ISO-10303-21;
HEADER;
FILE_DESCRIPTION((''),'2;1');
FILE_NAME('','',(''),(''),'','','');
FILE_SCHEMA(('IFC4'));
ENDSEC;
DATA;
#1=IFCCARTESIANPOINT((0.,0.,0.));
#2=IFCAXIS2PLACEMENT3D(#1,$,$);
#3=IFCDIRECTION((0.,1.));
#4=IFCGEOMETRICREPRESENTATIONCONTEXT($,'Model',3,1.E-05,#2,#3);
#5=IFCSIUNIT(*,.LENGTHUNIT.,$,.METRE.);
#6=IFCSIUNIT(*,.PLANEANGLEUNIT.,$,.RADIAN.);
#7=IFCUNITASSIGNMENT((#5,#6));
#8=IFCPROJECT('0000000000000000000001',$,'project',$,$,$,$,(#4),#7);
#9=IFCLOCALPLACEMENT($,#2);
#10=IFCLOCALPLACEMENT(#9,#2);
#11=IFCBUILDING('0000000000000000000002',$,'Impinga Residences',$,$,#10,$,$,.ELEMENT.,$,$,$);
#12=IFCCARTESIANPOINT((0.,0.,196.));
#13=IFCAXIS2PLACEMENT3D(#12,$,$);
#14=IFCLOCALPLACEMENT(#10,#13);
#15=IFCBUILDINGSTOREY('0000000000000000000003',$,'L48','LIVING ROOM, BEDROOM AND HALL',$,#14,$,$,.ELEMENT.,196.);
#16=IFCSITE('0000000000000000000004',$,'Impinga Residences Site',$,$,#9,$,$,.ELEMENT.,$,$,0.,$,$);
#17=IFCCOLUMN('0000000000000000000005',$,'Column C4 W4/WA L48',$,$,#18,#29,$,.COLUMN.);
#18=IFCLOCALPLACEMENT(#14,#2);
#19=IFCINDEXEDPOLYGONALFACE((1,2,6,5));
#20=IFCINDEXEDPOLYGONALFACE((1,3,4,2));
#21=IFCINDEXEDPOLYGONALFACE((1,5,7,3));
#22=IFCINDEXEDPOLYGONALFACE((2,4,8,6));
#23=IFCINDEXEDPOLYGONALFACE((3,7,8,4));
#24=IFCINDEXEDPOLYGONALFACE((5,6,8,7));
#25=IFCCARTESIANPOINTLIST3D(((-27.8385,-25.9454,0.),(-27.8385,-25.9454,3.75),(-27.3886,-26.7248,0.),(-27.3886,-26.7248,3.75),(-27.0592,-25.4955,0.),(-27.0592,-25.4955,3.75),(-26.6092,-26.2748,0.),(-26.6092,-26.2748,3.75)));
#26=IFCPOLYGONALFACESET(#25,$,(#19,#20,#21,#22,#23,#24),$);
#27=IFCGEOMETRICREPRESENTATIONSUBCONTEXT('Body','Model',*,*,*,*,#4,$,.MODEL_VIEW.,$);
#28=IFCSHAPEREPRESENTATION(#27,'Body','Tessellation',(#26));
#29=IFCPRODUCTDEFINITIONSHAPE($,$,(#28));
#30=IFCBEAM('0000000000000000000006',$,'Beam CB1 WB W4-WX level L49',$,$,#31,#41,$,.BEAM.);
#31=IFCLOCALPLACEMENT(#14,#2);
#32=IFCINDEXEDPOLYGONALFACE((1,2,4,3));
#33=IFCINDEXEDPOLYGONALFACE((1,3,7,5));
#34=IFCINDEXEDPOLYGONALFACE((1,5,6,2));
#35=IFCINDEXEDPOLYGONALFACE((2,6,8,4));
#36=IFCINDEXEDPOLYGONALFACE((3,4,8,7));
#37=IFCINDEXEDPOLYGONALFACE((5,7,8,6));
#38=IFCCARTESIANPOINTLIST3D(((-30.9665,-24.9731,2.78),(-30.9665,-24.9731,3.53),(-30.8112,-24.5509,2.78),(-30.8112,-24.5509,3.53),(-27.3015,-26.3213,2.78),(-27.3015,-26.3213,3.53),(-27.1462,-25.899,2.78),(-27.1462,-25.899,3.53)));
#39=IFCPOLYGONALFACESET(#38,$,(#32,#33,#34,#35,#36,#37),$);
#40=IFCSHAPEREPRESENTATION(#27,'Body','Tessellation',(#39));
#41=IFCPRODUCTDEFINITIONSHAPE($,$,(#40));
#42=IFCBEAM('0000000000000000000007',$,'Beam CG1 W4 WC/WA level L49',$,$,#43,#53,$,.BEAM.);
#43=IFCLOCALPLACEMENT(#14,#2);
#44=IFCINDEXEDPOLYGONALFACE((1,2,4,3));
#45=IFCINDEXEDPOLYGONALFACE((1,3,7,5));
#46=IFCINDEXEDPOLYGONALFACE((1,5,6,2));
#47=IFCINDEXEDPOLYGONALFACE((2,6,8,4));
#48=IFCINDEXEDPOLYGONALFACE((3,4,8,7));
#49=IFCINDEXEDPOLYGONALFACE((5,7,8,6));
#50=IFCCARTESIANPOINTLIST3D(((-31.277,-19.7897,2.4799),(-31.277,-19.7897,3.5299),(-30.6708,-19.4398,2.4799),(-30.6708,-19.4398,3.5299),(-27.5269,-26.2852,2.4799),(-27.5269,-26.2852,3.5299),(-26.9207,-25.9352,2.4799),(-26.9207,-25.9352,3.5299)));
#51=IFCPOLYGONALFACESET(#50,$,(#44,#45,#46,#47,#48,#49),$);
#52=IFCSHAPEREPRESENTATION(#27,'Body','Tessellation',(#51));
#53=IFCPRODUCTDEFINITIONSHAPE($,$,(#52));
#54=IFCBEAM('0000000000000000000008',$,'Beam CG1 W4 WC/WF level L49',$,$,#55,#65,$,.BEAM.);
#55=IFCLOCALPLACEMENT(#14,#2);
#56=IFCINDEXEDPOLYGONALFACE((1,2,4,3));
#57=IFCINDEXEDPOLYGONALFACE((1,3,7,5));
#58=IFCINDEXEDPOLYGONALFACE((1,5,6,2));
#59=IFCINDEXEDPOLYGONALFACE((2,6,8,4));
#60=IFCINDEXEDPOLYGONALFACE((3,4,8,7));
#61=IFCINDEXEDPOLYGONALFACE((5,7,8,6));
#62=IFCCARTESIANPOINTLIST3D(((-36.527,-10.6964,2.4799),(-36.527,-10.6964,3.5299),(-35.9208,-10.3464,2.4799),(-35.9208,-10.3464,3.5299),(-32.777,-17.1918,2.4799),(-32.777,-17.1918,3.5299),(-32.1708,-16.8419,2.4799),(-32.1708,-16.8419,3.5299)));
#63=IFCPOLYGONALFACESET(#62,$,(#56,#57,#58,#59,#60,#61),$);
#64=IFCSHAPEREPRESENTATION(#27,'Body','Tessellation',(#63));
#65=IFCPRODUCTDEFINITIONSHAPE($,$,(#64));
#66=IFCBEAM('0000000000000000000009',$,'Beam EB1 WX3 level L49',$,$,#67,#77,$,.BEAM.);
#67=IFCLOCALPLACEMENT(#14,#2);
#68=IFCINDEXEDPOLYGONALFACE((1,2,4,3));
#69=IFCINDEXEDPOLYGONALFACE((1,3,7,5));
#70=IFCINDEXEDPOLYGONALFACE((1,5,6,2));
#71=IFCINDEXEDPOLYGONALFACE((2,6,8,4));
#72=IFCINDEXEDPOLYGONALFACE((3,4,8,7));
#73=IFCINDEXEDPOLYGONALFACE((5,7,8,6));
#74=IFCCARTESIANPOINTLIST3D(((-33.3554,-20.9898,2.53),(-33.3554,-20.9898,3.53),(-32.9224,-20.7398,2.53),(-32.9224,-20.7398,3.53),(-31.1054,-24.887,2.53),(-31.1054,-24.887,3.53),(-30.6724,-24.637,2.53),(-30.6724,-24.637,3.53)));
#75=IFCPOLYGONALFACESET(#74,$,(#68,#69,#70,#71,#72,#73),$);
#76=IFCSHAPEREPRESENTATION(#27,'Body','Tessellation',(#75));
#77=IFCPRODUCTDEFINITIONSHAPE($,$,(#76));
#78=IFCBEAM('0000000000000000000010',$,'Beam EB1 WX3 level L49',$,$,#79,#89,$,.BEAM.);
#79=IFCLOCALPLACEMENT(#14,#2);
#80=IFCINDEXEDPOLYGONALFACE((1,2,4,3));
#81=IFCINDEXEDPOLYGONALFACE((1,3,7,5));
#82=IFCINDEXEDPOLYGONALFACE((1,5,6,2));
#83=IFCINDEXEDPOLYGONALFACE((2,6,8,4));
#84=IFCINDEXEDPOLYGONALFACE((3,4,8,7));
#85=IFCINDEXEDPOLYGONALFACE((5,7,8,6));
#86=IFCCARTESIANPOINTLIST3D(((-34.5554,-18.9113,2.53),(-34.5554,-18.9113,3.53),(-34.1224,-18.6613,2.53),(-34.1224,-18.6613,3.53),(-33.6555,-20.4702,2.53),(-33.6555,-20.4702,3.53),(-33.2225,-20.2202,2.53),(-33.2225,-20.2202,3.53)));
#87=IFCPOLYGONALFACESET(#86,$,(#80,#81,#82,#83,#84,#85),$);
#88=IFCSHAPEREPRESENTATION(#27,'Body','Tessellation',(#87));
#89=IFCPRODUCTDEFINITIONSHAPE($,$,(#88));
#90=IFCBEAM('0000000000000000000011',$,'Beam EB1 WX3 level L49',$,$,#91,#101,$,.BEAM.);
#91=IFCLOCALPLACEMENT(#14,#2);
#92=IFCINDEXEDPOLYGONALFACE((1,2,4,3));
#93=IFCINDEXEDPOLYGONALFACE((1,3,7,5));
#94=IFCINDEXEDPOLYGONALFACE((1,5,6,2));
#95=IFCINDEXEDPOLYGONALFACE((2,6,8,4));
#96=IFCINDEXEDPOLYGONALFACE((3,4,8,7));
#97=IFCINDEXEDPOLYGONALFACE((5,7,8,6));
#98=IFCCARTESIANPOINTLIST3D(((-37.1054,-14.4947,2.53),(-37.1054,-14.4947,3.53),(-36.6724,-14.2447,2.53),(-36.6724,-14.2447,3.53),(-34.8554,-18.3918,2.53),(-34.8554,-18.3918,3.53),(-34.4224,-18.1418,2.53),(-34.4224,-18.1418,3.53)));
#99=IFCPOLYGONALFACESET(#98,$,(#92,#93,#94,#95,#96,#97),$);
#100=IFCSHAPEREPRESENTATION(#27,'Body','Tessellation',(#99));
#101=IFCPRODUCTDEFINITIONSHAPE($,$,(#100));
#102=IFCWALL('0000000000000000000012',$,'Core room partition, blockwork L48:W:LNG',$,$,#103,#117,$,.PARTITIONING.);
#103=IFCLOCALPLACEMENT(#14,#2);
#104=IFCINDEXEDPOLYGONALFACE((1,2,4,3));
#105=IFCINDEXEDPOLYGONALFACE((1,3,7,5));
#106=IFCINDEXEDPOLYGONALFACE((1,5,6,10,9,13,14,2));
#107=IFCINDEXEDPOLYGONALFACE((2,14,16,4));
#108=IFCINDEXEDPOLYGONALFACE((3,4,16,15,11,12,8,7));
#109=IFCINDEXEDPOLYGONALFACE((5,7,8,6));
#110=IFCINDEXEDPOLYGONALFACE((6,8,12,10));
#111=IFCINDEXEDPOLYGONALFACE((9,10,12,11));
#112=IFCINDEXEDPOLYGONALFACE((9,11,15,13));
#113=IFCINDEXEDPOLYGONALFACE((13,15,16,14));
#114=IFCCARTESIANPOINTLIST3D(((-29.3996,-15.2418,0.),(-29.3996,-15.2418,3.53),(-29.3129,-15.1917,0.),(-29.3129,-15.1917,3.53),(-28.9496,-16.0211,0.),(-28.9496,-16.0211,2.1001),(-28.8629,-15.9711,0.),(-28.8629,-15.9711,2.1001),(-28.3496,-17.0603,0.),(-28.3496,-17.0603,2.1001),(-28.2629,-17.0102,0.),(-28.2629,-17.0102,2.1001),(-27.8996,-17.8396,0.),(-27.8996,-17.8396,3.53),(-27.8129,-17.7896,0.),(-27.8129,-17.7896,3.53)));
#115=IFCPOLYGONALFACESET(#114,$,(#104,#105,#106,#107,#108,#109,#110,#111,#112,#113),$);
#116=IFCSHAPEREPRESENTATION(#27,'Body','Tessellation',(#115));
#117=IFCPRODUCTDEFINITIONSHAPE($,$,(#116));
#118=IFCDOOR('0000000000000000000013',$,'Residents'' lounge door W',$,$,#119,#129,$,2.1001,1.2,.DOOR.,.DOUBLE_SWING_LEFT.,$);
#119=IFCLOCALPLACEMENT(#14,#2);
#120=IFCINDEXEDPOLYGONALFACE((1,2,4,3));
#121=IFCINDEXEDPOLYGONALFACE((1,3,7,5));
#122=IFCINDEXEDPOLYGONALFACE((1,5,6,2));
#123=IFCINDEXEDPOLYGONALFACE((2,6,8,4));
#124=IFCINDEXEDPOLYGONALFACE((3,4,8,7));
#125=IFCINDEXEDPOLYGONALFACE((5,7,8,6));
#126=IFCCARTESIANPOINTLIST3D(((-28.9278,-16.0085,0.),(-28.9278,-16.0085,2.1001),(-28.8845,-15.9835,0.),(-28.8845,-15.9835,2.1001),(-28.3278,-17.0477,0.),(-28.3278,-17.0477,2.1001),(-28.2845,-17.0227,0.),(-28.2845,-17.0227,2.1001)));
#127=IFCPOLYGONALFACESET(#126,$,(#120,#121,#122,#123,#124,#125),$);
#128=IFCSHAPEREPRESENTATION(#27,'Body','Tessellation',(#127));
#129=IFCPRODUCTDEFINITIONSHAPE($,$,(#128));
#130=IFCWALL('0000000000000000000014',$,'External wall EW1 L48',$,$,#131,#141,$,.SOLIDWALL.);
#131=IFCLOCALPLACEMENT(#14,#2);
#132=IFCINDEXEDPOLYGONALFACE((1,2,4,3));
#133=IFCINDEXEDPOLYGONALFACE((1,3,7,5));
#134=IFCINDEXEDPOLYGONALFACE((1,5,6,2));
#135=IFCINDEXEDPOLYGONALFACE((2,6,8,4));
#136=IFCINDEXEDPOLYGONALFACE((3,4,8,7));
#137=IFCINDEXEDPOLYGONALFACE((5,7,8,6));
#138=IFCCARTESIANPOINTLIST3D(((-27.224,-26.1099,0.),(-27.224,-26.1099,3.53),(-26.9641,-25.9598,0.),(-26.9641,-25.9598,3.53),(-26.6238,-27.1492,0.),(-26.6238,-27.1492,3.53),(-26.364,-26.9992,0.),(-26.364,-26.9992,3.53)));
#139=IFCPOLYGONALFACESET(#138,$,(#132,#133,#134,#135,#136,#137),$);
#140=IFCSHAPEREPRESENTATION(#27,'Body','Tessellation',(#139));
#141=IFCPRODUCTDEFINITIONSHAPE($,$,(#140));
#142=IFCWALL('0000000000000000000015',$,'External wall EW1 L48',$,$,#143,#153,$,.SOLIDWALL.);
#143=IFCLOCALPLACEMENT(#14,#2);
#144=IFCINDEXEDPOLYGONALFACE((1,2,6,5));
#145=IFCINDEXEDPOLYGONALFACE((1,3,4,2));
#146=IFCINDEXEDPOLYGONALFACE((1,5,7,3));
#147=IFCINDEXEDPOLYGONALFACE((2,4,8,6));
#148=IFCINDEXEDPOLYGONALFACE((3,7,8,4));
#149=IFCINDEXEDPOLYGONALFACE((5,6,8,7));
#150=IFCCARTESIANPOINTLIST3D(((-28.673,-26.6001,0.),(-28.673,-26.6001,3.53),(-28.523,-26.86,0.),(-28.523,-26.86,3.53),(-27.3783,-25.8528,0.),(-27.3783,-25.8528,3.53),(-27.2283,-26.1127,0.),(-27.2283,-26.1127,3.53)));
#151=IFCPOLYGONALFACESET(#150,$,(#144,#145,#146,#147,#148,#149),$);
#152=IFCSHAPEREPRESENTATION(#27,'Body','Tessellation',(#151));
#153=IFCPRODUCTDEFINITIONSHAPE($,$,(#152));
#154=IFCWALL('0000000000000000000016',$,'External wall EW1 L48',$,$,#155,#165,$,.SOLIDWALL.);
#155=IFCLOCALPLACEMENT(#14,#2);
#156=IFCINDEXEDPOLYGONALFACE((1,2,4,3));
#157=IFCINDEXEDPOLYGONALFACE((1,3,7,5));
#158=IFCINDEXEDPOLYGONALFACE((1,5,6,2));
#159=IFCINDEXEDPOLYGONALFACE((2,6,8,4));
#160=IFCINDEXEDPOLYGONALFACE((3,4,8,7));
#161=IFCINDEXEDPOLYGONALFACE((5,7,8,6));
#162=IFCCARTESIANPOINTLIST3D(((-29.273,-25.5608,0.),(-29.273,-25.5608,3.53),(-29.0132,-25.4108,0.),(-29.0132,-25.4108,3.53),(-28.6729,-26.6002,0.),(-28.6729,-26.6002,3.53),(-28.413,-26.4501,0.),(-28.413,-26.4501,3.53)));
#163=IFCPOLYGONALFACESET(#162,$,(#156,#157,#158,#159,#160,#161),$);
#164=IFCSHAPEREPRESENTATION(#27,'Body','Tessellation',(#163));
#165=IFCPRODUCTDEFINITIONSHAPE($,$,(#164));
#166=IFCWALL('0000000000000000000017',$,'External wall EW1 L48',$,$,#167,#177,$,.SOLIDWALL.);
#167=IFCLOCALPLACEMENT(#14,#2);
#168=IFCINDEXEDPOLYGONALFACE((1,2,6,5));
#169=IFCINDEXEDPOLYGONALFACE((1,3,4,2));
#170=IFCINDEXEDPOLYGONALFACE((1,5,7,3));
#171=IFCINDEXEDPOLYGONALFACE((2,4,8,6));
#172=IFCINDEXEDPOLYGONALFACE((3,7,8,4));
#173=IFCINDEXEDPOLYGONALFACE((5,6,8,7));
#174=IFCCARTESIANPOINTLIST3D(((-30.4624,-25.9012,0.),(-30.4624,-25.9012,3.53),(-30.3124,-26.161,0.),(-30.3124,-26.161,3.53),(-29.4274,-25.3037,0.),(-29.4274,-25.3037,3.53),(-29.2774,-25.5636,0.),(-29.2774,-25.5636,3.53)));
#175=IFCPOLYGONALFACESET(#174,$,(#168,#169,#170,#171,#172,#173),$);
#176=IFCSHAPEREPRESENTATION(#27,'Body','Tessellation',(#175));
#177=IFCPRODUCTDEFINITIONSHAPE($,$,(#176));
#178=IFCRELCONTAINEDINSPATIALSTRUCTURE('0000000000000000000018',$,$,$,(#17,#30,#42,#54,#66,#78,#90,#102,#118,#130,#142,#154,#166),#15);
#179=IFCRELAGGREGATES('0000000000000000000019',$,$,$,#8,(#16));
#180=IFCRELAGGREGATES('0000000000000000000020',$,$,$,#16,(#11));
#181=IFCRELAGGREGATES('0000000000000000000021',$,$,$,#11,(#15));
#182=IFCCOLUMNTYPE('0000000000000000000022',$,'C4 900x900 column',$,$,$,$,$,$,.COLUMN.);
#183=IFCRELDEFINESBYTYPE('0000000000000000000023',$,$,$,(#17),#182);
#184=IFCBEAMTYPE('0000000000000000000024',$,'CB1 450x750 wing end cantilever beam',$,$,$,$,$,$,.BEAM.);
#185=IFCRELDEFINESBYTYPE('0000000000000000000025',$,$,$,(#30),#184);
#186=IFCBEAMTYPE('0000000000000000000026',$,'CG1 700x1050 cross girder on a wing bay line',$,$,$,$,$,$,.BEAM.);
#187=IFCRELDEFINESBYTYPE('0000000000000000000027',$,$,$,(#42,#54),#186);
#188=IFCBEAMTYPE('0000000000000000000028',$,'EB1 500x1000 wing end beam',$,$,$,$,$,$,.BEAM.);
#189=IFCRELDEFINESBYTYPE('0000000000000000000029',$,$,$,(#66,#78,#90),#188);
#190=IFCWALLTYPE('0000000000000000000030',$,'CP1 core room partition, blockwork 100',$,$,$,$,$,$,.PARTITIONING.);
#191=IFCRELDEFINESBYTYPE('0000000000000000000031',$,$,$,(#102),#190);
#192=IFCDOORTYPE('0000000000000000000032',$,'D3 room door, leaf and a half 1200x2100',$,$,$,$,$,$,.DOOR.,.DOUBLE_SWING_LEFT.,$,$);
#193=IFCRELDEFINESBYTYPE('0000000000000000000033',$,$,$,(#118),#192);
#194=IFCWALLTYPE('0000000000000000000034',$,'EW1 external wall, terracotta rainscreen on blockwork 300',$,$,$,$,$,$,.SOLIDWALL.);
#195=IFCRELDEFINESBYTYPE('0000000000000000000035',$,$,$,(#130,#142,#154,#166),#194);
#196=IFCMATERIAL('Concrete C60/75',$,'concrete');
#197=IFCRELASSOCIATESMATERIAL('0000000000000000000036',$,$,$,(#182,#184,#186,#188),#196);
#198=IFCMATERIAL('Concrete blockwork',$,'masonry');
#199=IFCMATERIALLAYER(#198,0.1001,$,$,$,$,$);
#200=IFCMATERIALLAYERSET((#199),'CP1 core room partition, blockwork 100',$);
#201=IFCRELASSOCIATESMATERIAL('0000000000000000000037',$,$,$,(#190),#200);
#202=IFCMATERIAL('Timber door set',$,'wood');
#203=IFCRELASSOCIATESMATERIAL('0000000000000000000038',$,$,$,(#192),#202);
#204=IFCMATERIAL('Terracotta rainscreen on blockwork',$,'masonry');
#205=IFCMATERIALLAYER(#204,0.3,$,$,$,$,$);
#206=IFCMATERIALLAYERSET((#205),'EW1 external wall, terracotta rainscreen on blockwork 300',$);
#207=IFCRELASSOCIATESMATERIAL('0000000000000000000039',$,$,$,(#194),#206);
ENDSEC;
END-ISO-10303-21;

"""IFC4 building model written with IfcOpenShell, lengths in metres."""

from ifc_helpers import new_model, si_unit, direction, frame, frame_2d, origin, origin_2d, place, context, subcontext, project, spatial, rectangle, extrude, material, layer, layer_set, material_profile, profile_set, type_object, element, fill, save


model = new_model("IFC4")

# Units and contexts
model_context = context("Model", 3, precision=1e-05, world=origin(), true_north=direction((0.0, 1.0)))
body_context = subcontext(model_context, "Body", "Model", "MODEL_VIEW")
ifc_project = project(units=[si_unit("LENGTHUNIT", "METRE"), si_unit("PLANEANGLEUNIT", "RADIAN")], contexts=[model_context])

# Site, building, storey
site_placement = place(None, origin())
site = spatial("IfcSite", under=ifc_project, at=site_placement, Name="Impinga Residences Site", CompositionType="ELEMENT", RefElevation=0.0)
building_placement = place(site_placement, origin())
building = spatial("IfcBuilding", under=site, at=building_placement, Name="Impinga Residences", CompositionType="ELEMENT")
storey_placement = place(building_placement, frame((0.0, 0.0, 196.0)))
storey = spatial("IfcBuildingStorey", under=building, at=storey_placement, Name="L48", Description="LIVING ROOM, BEDROOM AND HALL", CompositionType="ELEMENT", Elevation=196.0)

# Column
ifc_material_1 = material(Name="Concrete C60/75", Category="concrete")
ifc_material_profile_1 = material_profile(ifc_material_1, rectangle(XDim=0.8999, YDim=0.8999, at=origin_2d()), Name="RC 900x900")
ifc_profile_set_1 = profile_set([ifc_material_profile_1], Name="Concrete C60/75")
column_type = type_object("IfcColumnType", Name="C4 900x900 column", PredefinedType="COLUMN", material=ifc_profile_set_1)
column_placement = place(storey_placement, frame((-27.2239, -26.1101, 0.0), z_axis=(0.0, 0.0, 1.0), x_axis=(-0.5, 0.866025, 0.0)))
element("IfcColumn", 1, at=column_placement, inside=storey, type_object=column_type, Name="Column C4 W4/WA L48", PredefinedType="COLUMN", context=body_context, shape_type="SweptSolid", body=[
    extrude(rectangle(XDim=0.8999, YDim=0.8999, at=origin_2d()), origin(), (0.0, 0.0, 1.0), 3.75),
])

# Beams
ifc_material_profile_2 = material_profile(ifc_material_1, rectangle(XDim=0.45, YDim=0.75, at=origin_2d()), Name="RC 450x750")
ifc_profile_set_2 = profile_set([ifc_material_profile_2], Name="Concrete C60/75")
beam_type_1 = type_object("IfcBeamType", Name="CB1 450x750 wing end cantilever beam", PredefinedType="BEAM", material=ifc_profile_set_2)
beam_1_placement = place(storey_placement, frame((-27.2239, -26.1101, 3.155), z_axis=(-0.93852, 0.345224, 0.0), x_axis=(-0.345224, -0.93852, 0.0)))
element("IfcBeam", 2, at=beam_1_placement, inside=storey, type_object=beam_type_1, Name="Beam CB1 WB W4-WX level L49", PredefinedType="BEAM", context=body_context, shape_type="SweptSolid", body=[
    extrude(rectangle(XDim=0.45, YDim=0.75, at=origin_2d()), origin(), (0.0, 0.0, 1.0), 3.905),
])
ifc_material_profile_3 = material_profile(ifc_material_1, rectangle(XDim=0.7, YDim=1.05, at=origin_2d()), Name="RC 700x1050")
ifc_profile_set_3 = profile_set([ifc_material_profile_3], Name="Concrete C60/75")
beam_type_2 = type_object("IfcBeamType", Name="CG1 700x1050 cross girder on a wing bay line", PredefinedType="BEAM", material=ifc_profile_set_3)
for number, where, z_axis, x_axis, name in (
    (3, (-30.9739, -19.6147, 3.0049), (0.49999, -0.866031, 0.0), (0.866031, 0.49999, 0.0), "Beam CG1 W4 WC/WA level L49"),
    (4, (-32.4739, -17.0168, 3.0049), (-0.49999, 0.866031, 0.0), (-0.866031, -0.49999, 0.0), "Beam CG1 W4 WC/WF level L49"),
):
    element("IfcBeam", number, at=place(storey_placement, frame(where, z_axis=z_axis, x_axis=x_axis)), inside=storey, type_object=beam_type_2, Name=name, PredefinedType="BEAM", context=body_context, shape_type="SweptSolid", body=[
        extrude(rectangle(XDim=0.7, YDim=1.05, at=origin_2d()), origin(), (0.0, 0.0, 1.0), 7.5002),
    ])
ifc_material_profile_4 = material_profile(ifc_material_1, rectangle(XDim=0.5, YDim=1.0, at=origin_2d()), Name="RC 500x1000")
ifc_profile_set_4 = profile_set([ifc_material_profile_4], Name="Concrete C60/75")
beam_type_3 = type_object("IfcBeamType", Name="EB1 500x1000 wing end beam", PredefinedType="BEAM", material=ifc_profile_set_4)
beam_2_placement = place(storey_placement, frame((-30.8889, -24.762, 3.03), z_axis=(-0.49999, 0.866031, 0.0), x_axis=(-0.866031, -0.49999, 0.0)))
element("IfcBeam", 5, at=beam_2_placement, inside=storey, type_object=beam_type_3, Name="Beam EB1 WX3 level L49", PredefinedType="BEAM", context=body_context, shape_type="SweptSolid", body=[
    extrude(rectangle(XDim=0.5, YDim=1.0, at=origin_2d()), origin(), (0.0, 0.0, 1.0), 4.5),
])
beam_3_placement = place(storey_placement, frame((-33.439, -20.3452, 3.03), z_axis=(-0.499961, 0.866048, 0.0), x_axis=(-0.866048, -0.499961, 0.0)))
element("IfcBeam", 6, at=beam_3_placement, inside=storey, type_object=beam_type_3, Name="Beam EB1 WX3 level L49", PredefinedType="BEAM", context=body_context, shape_type="SweptSolid", body=[
    extrude(rectangle(XDim=0.5, YDim=1.0, at=origin_2d()), origin(), (0.0, 0.0, 1.0), 1.8),
])
beam_4_placement = place(storey_placement, frame((-34.6389, -18.2668, 3.03), z_axis=(-0.49999, 0.866031, 0.0), x_axis=(-0.866031, -0.49999, 0.0)))
element("IfcBeam", 7, at=beam_4_placement, inside=storey, type_object=beam_type_3, Name="Beam EB1 WX3 level L49", PredefinedType="BEAM", context=body_context, shape_type="SweptSolid", body=[
    extrude(rectangle(XDim=0.5, YDim=1.0, at=origin_2d()), origin(), (0.0, 0.0, 1.0), 4.5),
])

# Wall, opening, door
ifc_material_2 = material(Name="Concrete blockwork", Category="masonry")
ifc_layer_1 = layer(ifc_material_2, 0.1001)
ifc_layer_set_1 = layer_set([ifc_layer_1], Name="CP1 core room partition, blockwork 100")
wall_type_1 = type_object("IfcWallType", Name="CP1 core room partition, blockwork 100", PredefinedType="PARTITIONING", material=ifc_layer_set_1)
wall_1_placement = place(storey_placement, frame((-27.8562, -17.8147, 0.0), z_axis=(0.0, 0.0, 1.0), x_axis=(-0.500025, 0.866011, 0.0)))
wall_1 = element("IfcWall", 8, at=wall_1_placement, inside=storey, type_object=wall_type_1, Name="Core room partition, blockwork L48:W:LNG", PredefinedType="PARTITIONING", context=body_context, shape_type="SweptSolid", body=[
    extrude(rectangle(XDim=2.9998, YDim=0.1001, at=frame_2d((1.5, 0.0))), origin(), (0.0, 0.0, 1.0), 3.53),
])
opening_1_placement = place(wall_1_placement, frame((0.8999, 0.0, 0.0)))
opening_1 = element("IfcOpeningElement", 9, at=opening_1_placement, cuts=wall_1, PredefinedType="OPENING", context=body_context, shape_type="SweptSolid", body=[
    extrude(rectangle(XDim=1.2, YDim=2.1001, at=frame_2d((0.6001, 1.05))), frame((0.0, 0.0601, 0.0), z_axis=(0.0, -1.0, 0.0), x_axis=(1.0, 0.0, 0.0)), (0.0, 0.0, 1.0), 0.1201),
])
ifc_material_3 = material(Name="Timber door set", Category="wood")
door_type_1 = type_object("IfcDoorType", Name="D3 room door, leaf and a half 1200x2100", OperationType="DOUBLE_SWING_LEFT", PredefinedType="DOOR", material=ifc_material_3)
door_1_placement = place(opening_1_placement, origin())
door_1 = element("IfcDoor", 10, at=door_1_placement, inside=storey, type_object=door_type_1, Name="Residents' lounge door W", OperationType="DOUBLE_SWING_LEFT", OverallHeight=2.1001, OverallWidth=1.2, PredefinedType="DOOR", context=body_context, shape_type="SweptSolid", body=[
    extrude(rectangle(XDim=1.2, YDim=2.1001, at=frame_2d((0.6001, 1.05))), frame((0.0, 0.0249, 0.0), z_axis=(0.0, -1.0, 0.0), x_axis=(1.0, 0.0, 0.0)), (0.0, 0.0, 1.0), 0.05),
])
fill(opening_1, door_1)

# Walls
ifc_material_4 = material(Name="Terracotta rainscreen on blockwork", Category="masonry")
ifc_layer_2 = layer(ifc_material_4, 0.3)
ifc_layer_set_2 = layer_set([ifc_layer_2], Name="EW1 external wall, terracotta rainscreen on blockwork 300")
wall_type_2 = type_object("IfcWallType", Name="EW1 external wall, terracotta rainscreen on blockwork 300", PredefinedType="SOLIDWALL", material=ifc_layer_set_2)
wall_2_placement = place(storey_placement, frame((-26.4939, -27.0742, 0.0), z_axis=(0.0, 0.0, 1.0), x_axis=(-0.500034, 0.866006, 0.0)))
element("IfcWall", 11, at=wall_2_placement, inside=storey, type_object=wall_type_2, Name="External wall EW1 L48", PredefinedType="SOLIDWALL", context=body_context, shape_type="SweptSolid", body=[
    extrude(rectangle(XDim=1.2002, YDim=0.3, at=frame_2d((0.6001, 0.0))), origin(), (0.0, 0.0, 1.0), 3.53),
])
wall_3_placement = place(storey_placement, frame((-27.3032, -25.9827, 0.0), z_axis=(0.0, 0.0, 1.0), x_axis=(-0.866074, -0.499916, 0.0)))
element("IfcWall", 12, at=wall_3_placement, inside=storey, type_object=wall_type_2, Name="External wall EW1 L48", PredefinedType="SOLIDWALL", context=body_context, shape_type="SweptSolid", body=[
    extrude(rectangle(XDim=1.4949, YDim=0.3, at=frame_2d((0.7476, 0.0))), origin(), (0.0, 0.0, 1.0), 3.53),
])
wall_4_placement = place(storey_placement, frame((-28.543, -26.5251, 0.0), z_axis=(0.0, 0.0, 1.0), x_axis=(-0.500034, 0.866006, 0.0)))
element("IfcWall", 13, at=wall_4_placement, inside=storey, type_object=wall_type_2, Name="External wall EW1 L48", PredefinedType="SOLIDWALL", context=body_context, shape_type="SweptSolid", body=[
    extrude(rectangle(XDim=1.2002, YDim=0.3, at=frame_2d((0.6001, 0.0))), origin(), (0.0, 0.0, 1.0), 3.53),
])
wall_5_placement = place(storey_placement, frame((-29.3523, -25.4336, 0.0), z_axis=(0.0, 0.0, 1.0), x_axis=(-0.86606, -0.499941, 0.0)))
element("IfcWall", 14, at=wall_5_placement, inside=storey, type_object=wall_type_2, Name="External wall EW1 L48", PredefinedType="SOLIDWALL", context=body_context, shape_type="SweptSolid", body=[
    extrude(rectangle(XDim=1.1951, YDim=0.3, at=frame_2d((0.5977, 0.0))), origin(), (0.0, 0.0, 1.0), 3.53),
])

save(model, "model.ifc")
